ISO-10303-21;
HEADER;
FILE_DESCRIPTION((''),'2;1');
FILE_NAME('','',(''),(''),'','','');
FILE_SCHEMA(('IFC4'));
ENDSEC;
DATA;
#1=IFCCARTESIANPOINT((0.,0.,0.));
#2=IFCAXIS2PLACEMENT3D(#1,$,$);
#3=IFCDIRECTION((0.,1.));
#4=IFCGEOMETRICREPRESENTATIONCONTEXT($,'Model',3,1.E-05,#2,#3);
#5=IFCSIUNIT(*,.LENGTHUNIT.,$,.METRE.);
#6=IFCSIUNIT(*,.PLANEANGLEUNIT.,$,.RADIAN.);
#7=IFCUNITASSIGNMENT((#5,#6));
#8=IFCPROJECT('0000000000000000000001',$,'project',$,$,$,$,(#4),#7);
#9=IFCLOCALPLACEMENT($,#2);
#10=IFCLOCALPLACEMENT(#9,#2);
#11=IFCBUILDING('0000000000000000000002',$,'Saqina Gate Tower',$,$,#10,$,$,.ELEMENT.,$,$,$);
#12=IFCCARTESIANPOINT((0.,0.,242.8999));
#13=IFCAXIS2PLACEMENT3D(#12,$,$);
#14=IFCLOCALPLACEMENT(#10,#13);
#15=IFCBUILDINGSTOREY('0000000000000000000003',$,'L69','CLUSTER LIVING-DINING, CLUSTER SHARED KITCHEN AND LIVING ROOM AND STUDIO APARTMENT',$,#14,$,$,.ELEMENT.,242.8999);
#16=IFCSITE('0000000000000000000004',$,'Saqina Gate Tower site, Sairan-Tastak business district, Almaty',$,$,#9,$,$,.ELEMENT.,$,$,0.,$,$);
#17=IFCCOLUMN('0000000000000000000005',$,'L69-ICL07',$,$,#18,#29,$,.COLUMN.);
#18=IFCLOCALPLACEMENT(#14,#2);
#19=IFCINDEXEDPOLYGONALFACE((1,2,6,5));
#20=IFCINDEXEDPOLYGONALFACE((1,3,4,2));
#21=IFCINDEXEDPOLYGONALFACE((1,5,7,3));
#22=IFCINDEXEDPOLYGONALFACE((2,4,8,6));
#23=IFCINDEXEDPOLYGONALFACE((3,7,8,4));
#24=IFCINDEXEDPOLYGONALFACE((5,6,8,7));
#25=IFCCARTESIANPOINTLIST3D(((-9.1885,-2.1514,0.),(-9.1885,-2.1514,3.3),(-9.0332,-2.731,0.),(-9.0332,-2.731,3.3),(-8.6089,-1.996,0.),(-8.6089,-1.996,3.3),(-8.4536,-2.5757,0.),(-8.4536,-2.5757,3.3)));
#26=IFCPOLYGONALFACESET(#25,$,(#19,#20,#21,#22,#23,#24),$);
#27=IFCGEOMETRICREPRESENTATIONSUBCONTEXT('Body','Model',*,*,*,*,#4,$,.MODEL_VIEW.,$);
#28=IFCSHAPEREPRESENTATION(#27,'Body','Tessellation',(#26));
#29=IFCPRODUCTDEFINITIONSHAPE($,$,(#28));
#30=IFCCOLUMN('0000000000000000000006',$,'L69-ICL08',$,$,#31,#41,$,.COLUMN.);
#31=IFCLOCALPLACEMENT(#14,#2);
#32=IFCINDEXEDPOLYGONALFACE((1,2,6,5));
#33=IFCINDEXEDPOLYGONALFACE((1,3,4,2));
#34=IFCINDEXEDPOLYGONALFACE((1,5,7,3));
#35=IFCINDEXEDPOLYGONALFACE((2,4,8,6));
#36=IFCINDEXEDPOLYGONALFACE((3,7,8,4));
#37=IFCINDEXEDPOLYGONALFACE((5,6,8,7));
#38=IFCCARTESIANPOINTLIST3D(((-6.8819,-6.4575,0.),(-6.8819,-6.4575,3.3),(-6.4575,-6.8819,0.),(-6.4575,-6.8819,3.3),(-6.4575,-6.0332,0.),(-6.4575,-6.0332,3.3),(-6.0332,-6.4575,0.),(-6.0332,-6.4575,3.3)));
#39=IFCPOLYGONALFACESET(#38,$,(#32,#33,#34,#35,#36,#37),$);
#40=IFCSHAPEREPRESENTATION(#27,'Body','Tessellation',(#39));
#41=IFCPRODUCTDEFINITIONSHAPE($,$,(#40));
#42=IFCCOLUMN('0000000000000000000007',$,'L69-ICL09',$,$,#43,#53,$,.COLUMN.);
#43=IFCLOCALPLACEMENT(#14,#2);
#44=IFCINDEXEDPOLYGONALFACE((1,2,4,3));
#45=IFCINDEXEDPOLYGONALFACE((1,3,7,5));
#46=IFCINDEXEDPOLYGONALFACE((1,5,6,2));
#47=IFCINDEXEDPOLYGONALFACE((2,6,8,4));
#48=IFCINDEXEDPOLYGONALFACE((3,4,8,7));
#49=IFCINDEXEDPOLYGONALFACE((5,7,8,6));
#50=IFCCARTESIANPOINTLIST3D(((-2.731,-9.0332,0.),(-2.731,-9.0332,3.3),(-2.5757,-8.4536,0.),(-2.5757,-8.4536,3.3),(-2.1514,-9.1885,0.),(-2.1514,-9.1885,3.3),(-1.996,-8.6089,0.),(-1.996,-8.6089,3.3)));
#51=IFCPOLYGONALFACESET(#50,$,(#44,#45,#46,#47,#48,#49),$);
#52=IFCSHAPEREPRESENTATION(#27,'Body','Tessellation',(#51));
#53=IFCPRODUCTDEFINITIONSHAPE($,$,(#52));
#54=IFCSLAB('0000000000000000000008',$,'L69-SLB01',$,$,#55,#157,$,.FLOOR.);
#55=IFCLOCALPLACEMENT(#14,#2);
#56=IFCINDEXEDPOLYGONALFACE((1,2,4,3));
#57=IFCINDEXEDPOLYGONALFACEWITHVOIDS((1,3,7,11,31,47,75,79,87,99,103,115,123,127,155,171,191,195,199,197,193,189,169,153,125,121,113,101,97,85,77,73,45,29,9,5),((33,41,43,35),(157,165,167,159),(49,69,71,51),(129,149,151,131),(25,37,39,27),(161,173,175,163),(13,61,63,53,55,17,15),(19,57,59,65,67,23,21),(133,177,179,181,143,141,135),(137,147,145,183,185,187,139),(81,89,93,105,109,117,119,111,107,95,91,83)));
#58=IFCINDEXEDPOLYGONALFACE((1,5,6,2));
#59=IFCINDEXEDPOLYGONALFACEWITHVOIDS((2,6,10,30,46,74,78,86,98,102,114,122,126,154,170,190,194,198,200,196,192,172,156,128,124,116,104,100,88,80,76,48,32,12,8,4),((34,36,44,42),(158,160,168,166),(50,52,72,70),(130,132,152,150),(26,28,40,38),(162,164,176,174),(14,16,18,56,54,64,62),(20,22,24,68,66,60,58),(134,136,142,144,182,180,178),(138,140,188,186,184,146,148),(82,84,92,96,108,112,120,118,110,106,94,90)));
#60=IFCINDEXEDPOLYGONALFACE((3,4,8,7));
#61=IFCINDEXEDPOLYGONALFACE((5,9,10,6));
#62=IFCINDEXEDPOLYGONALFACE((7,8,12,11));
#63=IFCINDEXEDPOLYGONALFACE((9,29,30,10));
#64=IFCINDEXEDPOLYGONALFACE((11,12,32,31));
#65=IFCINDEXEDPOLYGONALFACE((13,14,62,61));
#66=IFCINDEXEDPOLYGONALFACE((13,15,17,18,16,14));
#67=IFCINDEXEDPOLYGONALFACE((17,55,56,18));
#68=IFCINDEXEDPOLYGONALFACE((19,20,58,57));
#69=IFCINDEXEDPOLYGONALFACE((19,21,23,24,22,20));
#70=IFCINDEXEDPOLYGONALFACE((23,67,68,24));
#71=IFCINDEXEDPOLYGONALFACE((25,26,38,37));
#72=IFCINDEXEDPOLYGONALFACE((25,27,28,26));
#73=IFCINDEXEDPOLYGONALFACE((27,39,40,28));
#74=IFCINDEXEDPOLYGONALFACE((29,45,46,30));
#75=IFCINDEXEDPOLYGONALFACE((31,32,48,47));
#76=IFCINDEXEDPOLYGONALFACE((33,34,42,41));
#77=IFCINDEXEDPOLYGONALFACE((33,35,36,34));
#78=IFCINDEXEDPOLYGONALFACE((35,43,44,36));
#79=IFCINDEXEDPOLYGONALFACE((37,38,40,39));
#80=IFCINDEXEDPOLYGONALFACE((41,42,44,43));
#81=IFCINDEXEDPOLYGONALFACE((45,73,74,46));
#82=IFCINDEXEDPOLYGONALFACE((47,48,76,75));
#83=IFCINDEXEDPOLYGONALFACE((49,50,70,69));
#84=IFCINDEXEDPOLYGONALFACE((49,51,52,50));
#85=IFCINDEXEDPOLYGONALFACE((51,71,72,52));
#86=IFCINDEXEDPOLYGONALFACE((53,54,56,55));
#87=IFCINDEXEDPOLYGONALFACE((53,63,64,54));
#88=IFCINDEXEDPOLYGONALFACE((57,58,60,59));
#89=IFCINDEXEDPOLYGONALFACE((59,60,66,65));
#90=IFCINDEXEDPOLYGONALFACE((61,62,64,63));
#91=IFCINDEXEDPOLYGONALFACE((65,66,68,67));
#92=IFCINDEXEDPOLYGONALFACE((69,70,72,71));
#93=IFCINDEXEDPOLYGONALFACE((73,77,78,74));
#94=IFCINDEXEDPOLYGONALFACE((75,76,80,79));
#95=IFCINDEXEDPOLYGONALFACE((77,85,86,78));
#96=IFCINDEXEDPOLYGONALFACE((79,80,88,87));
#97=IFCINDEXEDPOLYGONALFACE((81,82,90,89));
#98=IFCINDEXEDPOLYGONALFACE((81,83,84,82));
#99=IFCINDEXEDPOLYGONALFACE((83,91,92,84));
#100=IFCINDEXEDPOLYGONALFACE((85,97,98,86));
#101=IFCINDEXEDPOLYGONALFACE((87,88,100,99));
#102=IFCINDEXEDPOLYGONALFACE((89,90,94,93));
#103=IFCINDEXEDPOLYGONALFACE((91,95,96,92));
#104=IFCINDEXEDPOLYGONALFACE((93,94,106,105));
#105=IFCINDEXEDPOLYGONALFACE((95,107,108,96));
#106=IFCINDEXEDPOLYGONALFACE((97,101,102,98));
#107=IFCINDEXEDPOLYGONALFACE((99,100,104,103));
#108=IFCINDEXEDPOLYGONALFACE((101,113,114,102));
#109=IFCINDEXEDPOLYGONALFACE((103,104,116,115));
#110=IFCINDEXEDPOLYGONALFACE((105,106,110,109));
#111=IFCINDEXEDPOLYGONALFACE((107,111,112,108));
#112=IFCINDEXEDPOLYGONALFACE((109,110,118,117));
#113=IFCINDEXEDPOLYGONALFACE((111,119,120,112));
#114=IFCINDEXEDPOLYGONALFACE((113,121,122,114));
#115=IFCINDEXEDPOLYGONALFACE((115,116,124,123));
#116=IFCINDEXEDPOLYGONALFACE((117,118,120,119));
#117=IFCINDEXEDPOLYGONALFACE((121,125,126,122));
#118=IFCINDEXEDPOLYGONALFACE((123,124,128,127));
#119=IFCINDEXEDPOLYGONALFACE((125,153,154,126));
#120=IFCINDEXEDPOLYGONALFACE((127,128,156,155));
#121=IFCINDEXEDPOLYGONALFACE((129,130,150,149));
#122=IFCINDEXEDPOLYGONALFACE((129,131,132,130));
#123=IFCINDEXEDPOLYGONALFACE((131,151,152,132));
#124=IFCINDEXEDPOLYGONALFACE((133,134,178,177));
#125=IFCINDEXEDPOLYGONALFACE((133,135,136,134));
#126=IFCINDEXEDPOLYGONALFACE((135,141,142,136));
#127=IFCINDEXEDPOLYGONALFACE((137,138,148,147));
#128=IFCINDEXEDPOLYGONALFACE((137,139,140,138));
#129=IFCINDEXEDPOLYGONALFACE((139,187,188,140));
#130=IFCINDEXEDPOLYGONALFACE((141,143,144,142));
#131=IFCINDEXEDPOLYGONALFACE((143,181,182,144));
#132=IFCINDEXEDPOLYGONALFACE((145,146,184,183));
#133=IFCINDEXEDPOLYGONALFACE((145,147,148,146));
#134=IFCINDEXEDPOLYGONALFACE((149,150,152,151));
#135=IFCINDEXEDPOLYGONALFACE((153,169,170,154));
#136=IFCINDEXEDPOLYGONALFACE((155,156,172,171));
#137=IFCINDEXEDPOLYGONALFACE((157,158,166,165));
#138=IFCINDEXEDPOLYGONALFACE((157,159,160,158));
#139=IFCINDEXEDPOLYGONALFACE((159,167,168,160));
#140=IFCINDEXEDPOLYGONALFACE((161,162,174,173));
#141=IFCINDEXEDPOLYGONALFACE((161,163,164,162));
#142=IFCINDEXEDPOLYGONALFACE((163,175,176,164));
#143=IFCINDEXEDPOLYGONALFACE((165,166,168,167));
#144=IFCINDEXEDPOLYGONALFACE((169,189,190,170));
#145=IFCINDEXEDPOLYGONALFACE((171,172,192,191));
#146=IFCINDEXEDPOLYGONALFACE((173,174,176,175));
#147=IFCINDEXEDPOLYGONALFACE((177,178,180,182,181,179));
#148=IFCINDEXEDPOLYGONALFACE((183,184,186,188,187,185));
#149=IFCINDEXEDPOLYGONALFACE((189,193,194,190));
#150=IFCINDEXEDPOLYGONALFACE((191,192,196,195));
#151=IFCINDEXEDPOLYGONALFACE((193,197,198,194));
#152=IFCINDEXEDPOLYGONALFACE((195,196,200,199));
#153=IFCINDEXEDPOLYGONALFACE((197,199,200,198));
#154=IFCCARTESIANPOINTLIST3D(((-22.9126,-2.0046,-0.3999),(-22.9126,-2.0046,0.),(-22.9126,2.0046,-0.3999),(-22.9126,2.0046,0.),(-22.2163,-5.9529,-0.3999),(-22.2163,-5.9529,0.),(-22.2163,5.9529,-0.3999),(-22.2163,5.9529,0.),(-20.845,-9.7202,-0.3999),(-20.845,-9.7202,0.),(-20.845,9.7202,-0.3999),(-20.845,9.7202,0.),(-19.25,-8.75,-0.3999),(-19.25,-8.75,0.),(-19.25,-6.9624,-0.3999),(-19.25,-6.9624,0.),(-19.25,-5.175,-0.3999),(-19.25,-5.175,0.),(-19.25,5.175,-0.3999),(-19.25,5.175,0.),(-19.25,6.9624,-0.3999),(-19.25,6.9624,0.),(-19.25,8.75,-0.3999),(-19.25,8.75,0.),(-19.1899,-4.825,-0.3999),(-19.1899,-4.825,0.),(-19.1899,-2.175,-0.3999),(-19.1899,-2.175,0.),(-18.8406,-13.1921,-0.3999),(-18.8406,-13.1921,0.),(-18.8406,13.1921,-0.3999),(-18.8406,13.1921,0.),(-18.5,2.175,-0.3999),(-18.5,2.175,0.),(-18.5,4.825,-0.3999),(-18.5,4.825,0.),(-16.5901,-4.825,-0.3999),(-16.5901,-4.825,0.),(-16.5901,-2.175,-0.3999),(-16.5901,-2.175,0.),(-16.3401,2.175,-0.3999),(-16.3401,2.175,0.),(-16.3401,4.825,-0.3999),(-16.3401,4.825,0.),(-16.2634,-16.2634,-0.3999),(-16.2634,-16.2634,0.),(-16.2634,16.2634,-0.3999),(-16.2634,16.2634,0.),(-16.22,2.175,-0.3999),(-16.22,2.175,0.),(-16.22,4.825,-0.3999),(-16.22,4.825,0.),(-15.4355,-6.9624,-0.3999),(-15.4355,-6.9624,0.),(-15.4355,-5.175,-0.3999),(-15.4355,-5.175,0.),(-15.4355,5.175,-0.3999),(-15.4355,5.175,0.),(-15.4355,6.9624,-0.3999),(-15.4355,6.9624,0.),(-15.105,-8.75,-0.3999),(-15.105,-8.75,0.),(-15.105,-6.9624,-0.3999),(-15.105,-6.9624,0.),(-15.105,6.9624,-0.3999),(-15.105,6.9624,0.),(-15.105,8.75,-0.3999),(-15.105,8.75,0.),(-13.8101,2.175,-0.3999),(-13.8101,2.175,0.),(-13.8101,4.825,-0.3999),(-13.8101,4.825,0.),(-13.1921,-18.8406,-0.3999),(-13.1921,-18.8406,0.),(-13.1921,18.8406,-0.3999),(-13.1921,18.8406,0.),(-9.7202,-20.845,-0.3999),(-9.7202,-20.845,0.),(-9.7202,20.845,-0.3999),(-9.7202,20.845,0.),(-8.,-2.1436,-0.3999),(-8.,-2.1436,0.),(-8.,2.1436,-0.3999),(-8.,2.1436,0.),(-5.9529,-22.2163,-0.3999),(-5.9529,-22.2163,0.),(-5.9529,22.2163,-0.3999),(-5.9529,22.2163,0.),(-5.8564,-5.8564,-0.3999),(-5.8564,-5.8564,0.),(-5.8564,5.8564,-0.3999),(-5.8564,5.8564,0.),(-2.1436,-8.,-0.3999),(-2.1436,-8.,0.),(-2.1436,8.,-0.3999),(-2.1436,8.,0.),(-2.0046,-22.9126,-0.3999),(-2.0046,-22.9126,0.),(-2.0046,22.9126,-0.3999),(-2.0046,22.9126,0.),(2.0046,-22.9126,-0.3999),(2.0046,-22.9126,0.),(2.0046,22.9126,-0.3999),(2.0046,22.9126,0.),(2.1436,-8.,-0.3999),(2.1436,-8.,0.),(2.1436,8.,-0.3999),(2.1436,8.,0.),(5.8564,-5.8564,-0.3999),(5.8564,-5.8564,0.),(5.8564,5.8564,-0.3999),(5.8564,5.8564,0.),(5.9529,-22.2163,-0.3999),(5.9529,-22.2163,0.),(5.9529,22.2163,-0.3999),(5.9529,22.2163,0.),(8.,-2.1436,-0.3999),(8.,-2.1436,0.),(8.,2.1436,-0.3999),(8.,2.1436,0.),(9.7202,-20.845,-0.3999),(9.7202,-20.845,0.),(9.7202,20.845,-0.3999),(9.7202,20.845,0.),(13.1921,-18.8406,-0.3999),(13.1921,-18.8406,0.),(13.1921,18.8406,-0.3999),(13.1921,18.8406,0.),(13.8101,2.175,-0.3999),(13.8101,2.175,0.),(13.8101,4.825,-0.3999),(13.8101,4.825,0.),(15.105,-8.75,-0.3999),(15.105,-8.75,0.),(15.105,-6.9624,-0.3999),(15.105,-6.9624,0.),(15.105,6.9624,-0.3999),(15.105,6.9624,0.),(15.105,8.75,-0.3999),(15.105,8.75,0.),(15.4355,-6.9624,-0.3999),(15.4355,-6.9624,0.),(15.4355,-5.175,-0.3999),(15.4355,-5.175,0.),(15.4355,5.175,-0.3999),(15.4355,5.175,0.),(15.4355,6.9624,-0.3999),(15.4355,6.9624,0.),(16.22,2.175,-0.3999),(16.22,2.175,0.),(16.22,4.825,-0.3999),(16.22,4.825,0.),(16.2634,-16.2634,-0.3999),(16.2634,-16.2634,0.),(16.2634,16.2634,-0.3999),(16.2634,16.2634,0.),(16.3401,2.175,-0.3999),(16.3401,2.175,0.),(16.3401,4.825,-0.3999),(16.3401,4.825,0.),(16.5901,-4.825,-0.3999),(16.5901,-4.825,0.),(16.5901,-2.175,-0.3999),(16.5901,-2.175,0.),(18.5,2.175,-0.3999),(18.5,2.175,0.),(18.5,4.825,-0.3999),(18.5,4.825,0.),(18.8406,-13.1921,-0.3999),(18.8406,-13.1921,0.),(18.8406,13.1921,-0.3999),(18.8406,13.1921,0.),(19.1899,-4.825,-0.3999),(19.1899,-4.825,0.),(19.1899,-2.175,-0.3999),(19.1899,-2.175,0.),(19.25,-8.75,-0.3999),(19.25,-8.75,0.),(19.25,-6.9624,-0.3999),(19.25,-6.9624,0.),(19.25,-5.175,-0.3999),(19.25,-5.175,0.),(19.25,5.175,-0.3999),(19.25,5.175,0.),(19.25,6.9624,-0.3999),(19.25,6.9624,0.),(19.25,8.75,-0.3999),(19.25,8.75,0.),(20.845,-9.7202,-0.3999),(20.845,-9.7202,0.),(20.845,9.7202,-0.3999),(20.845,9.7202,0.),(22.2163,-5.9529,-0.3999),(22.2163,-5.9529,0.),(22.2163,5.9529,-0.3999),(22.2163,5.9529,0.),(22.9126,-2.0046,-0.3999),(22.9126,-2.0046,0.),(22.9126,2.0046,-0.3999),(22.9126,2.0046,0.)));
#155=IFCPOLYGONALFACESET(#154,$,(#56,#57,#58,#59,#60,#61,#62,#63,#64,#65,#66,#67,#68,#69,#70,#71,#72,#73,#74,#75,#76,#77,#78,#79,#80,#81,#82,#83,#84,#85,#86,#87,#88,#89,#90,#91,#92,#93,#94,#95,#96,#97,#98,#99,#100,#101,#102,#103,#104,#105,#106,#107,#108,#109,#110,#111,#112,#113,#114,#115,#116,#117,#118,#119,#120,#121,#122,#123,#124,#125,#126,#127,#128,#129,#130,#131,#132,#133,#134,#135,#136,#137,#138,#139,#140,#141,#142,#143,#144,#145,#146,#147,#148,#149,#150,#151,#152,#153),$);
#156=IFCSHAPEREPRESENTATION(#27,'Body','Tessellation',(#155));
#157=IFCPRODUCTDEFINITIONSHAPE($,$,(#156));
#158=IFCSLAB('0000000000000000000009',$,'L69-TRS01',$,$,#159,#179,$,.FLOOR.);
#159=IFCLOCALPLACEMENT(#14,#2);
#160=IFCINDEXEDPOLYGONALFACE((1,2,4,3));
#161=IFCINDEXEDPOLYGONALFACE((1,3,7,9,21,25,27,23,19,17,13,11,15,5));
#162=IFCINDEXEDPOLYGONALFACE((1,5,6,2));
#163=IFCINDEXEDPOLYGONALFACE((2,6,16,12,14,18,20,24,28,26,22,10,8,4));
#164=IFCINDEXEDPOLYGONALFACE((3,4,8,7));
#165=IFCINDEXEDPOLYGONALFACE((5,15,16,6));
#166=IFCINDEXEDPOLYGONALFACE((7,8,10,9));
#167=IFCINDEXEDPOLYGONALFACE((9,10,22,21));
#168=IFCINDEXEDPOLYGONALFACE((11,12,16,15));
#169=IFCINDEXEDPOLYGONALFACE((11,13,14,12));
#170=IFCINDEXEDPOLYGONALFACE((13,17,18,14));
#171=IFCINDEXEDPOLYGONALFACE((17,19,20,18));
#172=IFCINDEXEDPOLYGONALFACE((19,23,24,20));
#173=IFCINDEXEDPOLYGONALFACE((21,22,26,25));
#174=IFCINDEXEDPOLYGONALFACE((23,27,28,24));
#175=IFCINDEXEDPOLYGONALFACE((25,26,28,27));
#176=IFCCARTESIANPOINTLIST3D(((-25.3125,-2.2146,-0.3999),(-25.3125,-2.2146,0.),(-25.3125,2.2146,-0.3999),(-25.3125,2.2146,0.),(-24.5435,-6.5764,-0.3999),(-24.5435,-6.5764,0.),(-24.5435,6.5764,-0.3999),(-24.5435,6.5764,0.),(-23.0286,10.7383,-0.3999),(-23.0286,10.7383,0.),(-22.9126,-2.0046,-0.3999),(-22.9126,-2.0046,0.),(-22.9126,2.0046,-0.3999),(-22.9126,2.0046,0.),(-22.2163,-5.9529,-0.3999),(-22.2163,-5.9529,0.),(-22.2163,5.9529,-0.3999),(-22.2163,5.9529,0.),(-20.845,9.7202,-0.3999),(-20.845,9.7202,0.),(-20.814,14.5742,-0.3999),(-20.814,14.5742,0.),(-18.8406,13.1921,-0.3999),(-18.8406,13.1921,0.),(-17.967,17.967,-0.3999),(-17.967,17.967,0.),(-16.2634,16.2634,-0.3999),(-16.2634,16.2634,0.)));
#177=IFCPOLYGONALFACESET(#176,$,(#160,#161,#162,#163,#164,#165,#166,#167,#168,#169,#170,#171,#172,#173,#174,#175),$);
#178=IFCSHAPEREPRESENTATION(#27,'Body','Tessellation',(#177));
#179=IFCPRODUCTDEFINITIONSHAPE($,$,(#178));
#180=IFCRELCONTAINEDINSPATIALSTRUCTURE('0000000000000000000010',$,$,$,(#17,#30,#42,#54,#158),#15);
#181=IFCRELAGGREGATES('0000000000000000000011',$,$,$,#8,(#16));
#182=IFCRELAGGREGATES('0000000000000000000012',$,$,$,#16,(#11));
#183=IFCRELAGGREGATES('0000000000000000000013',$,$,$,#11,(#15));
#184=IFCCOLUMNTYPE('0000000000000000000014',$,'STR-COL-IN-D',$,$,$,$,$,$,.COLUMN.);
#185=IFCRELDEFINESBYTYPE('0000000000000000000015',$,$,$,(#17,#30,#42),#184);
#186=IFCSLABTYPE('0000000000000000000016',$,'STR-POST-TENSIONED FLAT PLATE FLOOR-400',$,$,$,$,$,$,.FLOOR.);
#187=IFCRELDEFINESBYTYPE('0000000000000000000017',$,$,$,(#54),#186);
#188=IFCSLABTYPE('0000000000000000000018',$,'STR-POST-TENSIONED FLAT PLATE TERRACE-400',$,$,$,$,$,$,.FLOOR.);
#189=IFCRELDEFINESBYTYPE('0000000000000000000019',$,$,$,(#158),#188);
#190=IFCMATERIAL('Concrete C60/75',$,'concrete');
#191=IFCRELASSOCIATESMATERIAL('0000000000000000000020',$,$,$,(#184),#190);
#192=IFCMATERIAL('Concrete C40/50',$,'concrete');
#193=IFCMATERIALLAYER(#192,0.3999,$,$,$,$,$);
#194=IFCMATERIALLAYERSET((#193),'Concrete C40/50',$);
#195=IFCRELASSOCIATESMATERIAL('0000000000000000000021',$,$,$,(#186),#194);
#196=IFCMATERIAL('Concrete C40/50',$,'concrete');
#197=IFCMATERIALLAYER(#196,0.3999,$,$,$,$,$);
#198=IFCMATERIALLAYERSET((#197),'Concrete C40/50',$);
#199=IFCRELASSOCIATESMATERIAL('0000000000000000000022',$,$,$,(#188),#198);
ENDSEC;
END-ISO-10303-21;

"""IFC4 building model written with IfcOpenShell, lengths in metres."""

from ifc_helpers import new_model, si_unit, direction, frame, origin, origin_2d, place, context, subcontext, project, spatial, polyline, rectangle, outline, extrude, material, layer, layer_set, material_profile, profile_set, type_object, element, save


model = new_model("IFC4")

# Units and contexts
model_context = context("Model", 3, precision=1e-05, world=origin(), true_north=direction((0.0, 1.0)))
body_context = subcontext(model_context, "Body", "Model", "MODEL_VIEW")
ifc_project = project(units=[si_unit("LENGTHUNIT", "METRE"), si_unit("PLANEANGLEUNIT", "RADIAN")], contexts=[model_context])

# Site, building, storey
site_placement = place(None, origin())
site = spatial("IfcSite", under=ifc_project, at=site_placement, Name="Saqina Gate Tower site, Sairan-Tastak business district, Almaty", CompositionType="ELEMENT", RefElevation=0.0)
building_placement = place(site_placement, origin())
building = spatial("IfcBuilding", under=site, at=building_placement, Name="Saqina Gate Tower", CompositionType="ELEMENT")
storey_placement = place(building_placement, frame((0.0, 0.0, 242.8999)))
storey = spatial("IfcBuildingStorey", under=building, at=storey_placement, Name="L69", Description="CLUSTER LIVING-DINING, CLUSTER SHARED KITCHEN AND LIVING ROOM AND STUDIO APARTMENT", CompositionType="ELEMENT", Elevation=242.8999)

# Columns
ifc_material_1 = material(Name="Concrete C60/75", Category="concrete")
ifc_material_profile = material_profile(ifc_material_1, rectangle(XDim=0.6001, YDim=0.6001, at=origin_2d()), Name="RC 600x600")
ifc_profile_set = profile_set([ifc_material_profile], Name="Concrete C60/75")
column_type = type_object("IfcColumnType", Name="STR-COL-IN-D", PredefinedType="COLUMN", material=ifc_profile_set)
for number, where, z_axis, x_axis, name in (
    (1, (-8.821, -2.3635, 0.0), (0.0, 0.0, 1.0), (-0.965926, -0.258819, 0.0), "L69-ICL07"),
    (2, (-6.4575, -6.4575, 0.0), (0.0, 0.0, 1.0), (-0.707107, -0.707107, 0.0), "L69-ICL08"),
    (3, (-2.3635, -8.821, 0.0), (0.0, 0.0, 1.0), (-0.258819, -0.965926, 0.0), "L69-ICL09"),
):
    element("IfcColumn", number, at=place(storey_placement, frame(where, z_axis=z_axis, x_axis=x_axis)), inside=storey, type_object=column_type, Name=name, PredefinedType="COLUMN", context=body_context, shape_type="SweptSolid", body=[
        extrude(rectangle(XDim=0.6001, YDim=0.6001, at=origin_2d()), origin(), (0.0, 0.0, 1.0), 3.3),
    ])

# Slabs
ifc_material_2 = material(Name="Concrete C40/50", Category="concrete")
ifc_layer_1 = layer(ifc_material_2, 0.3999)
ifc_layer_set_1 = layer_set([ifc_layer_1], Name="Concrete C40/50")
slab_type_1 = type_object("IfcSlabType", Name="STR-POST-TENSIONED FLAT PLATE FLOOR-400", PredefinedType="FLOOR", material=ifc_layer_set_1)
slab_1_placement = place(storey_placement, frame((0.0, 0.0, -0.3999)))
element("IfcSlab", 4, at=slab_1_placement, inside=storey, type_object=slab_type_1, Name="L69-SLB01", PredefinedType="FLOOR", context=body_context, shape_type="SweptSolid", body=[
    extrude(outline(polyline([(22.2163, -5.9529), (22.9126, -2.0046), (22.9126, 2.0046), (22.2163, 5.9529), (20.845, 9.7202), (18.8406, 13.1921), (16.2634, 16.2634), (13.1921, 18.8406), (9.7202, 20.845), (5.9529, 22.2163), (2.0046, 22.9126), (-2.0046, 22.9126), (-5.9529, 22.2163), (-9.7202, 20.845), (-13.1921, 18.8406), (-16.2634, 16.2634), (-18.8406, 13.1921), (-20.845, 9.7202), (-22.2163, 5.9529), (-22.9126, 2.0046), (-22.9126, -2.0046), (-22.2163, -5.9529), (-20.845, -9.7202), (-18.8406, -13.1921), (-16.2634, -16.2634), (-13.1921, -18.8406), (-9.7202, -20.845), (-5.9529, -22.2163), (-2.0046, -22.9126), (2.0046, -22.9126), (5.9529, -22.2163), (9.7202, -20.845), (13.1921, -18.8406), (16.2634, -16.2634), (18.8406, -13.1921), (20.845, -9.7202), (22.2163, -5.9529)]), holes=[polyline([(2.1436, 8.0), (5.8564, 5.8564), (8.0, 2.1436), (8.0, -2.1436), (5.8564, -5.8564), (2.1436, -8.0), (-2.1436, -8.0), (-5.8564, -5.8564), (-8.0, -2.1436), (-8.0, 2.1436), (-5.8564, 5.8564), (-2.1436, 8.0), (2.1436, 8.0)]), polyline([(-15.105, -8.75), (-19.25, -8.75), (-19.25, -6.9624), (-19.25, -5.175), (-15.4355, -5.175), (-15.4355, -6.9624), (-15.105, -6.9624), (-15.105, -8.75)]), polyline([(-16.5901, -2.175), (-16.5901, -4.825), (-19.1899, -4.825), (-19.1899, -2.175), (-16.5901, -2.175)]), polyline([(-16.3401, 4.825), (-16.3401, 2.175), (-18.5, 2.175), (-18.5, 4.825), (-16.3401, 4.825)]), polyline([(-13.8101, 4.825), (-13.8101, 2.175), (-16.22, 2.175), (-16.22, 4.825), (-13.8101, 4.825)]), polyline([(-19.25, 6.9624), (-19.25, 8.75), (-15.105, 8.75), (-15.105, 6.9624), (-15.4355, 6.9624), (-15.4355, 5.175), (-19.25, 5.175), (-19.25, 6.9624)]), polyline([(15.105, -8.75), (15.105, -6.9624), (15.4355, -6.9624), (15.4355, -5.175), (19.25, -5.175), (19.25, -6.9624), (19.25, -8.75), (15.105, -8.75)]), polyline([(19.1899, -2.175), (19.1899, -4.825), (16.5901, -4.825), (16.5901, -2.175), (19.1899, -2.175)]), polyline([(16.22, 4.825), (16.22, 2.175), (13.8101, 2.175), (13.8101, 4.825), (16.22, 4.825)]), polyline([(18.5, 4.825), (18.5, 2.175), (16.3401, 2.175), (16.3401, 4.825), (18.5, 4.825)]), polyline([(15.4355, 6.9624), (15.105, 6.9624), (15.105, 8.75), (19.25, 8.75), (19.25, 6.9624), (19.25, 5.175), (15.4355, 5.175), (15.4355, 6.9624)])]), origin(), (0.0, 0.0, 1.0), 0.3999),
])
ifc_material_3 = material(Name="Concrete C40/50", Category="concrete")
ifc_layer_2 = layer(ifc_material_3, 0.3999)
ifc_layer_set_2 = layer_set([ifc_layer_2], Name="Concrete C40/50")
slab_type_2 = type_object("IfcSlabType", Name="STR-POST-TENSIONED FLAT PLATE TERRACE-400", PredefinedType="FLOOR", material=ifc_layer_set_2)
slab_2_placement = place(storey_placement, frame((0.0, 0.0, -0.3999)))
element("IfcSlab", 5, at=slab_2_placement, inside=storey, type_object=slab_type_2, Name="L69-TRS01", PredefinedType="FLOOR", context=body_context, shape_type="SweptSolid", body=[
    extrude(outline(polyline([(-16.2634, 16.2634), (-18.8406, 13.1921), (-20.845, 9.7202), (-22.2163, 5.9529), (-22.9126, 2.0046), (-22.9126, -2.0046), (-22.2163, -5.9529), (-24.5435, -6.5764), (-25.3125, -2.2146), (-25.3125, 2.2146), (-24.5435, 6.5764), (-23.0286, 10.7383), (-20.814, 14.5742), (-17.967, 17.967), (-16.2634, 16.2634)])), origin(), (0.0, 0.0, 1.0), 0.3999),
])

save(model, "model.ifc")
